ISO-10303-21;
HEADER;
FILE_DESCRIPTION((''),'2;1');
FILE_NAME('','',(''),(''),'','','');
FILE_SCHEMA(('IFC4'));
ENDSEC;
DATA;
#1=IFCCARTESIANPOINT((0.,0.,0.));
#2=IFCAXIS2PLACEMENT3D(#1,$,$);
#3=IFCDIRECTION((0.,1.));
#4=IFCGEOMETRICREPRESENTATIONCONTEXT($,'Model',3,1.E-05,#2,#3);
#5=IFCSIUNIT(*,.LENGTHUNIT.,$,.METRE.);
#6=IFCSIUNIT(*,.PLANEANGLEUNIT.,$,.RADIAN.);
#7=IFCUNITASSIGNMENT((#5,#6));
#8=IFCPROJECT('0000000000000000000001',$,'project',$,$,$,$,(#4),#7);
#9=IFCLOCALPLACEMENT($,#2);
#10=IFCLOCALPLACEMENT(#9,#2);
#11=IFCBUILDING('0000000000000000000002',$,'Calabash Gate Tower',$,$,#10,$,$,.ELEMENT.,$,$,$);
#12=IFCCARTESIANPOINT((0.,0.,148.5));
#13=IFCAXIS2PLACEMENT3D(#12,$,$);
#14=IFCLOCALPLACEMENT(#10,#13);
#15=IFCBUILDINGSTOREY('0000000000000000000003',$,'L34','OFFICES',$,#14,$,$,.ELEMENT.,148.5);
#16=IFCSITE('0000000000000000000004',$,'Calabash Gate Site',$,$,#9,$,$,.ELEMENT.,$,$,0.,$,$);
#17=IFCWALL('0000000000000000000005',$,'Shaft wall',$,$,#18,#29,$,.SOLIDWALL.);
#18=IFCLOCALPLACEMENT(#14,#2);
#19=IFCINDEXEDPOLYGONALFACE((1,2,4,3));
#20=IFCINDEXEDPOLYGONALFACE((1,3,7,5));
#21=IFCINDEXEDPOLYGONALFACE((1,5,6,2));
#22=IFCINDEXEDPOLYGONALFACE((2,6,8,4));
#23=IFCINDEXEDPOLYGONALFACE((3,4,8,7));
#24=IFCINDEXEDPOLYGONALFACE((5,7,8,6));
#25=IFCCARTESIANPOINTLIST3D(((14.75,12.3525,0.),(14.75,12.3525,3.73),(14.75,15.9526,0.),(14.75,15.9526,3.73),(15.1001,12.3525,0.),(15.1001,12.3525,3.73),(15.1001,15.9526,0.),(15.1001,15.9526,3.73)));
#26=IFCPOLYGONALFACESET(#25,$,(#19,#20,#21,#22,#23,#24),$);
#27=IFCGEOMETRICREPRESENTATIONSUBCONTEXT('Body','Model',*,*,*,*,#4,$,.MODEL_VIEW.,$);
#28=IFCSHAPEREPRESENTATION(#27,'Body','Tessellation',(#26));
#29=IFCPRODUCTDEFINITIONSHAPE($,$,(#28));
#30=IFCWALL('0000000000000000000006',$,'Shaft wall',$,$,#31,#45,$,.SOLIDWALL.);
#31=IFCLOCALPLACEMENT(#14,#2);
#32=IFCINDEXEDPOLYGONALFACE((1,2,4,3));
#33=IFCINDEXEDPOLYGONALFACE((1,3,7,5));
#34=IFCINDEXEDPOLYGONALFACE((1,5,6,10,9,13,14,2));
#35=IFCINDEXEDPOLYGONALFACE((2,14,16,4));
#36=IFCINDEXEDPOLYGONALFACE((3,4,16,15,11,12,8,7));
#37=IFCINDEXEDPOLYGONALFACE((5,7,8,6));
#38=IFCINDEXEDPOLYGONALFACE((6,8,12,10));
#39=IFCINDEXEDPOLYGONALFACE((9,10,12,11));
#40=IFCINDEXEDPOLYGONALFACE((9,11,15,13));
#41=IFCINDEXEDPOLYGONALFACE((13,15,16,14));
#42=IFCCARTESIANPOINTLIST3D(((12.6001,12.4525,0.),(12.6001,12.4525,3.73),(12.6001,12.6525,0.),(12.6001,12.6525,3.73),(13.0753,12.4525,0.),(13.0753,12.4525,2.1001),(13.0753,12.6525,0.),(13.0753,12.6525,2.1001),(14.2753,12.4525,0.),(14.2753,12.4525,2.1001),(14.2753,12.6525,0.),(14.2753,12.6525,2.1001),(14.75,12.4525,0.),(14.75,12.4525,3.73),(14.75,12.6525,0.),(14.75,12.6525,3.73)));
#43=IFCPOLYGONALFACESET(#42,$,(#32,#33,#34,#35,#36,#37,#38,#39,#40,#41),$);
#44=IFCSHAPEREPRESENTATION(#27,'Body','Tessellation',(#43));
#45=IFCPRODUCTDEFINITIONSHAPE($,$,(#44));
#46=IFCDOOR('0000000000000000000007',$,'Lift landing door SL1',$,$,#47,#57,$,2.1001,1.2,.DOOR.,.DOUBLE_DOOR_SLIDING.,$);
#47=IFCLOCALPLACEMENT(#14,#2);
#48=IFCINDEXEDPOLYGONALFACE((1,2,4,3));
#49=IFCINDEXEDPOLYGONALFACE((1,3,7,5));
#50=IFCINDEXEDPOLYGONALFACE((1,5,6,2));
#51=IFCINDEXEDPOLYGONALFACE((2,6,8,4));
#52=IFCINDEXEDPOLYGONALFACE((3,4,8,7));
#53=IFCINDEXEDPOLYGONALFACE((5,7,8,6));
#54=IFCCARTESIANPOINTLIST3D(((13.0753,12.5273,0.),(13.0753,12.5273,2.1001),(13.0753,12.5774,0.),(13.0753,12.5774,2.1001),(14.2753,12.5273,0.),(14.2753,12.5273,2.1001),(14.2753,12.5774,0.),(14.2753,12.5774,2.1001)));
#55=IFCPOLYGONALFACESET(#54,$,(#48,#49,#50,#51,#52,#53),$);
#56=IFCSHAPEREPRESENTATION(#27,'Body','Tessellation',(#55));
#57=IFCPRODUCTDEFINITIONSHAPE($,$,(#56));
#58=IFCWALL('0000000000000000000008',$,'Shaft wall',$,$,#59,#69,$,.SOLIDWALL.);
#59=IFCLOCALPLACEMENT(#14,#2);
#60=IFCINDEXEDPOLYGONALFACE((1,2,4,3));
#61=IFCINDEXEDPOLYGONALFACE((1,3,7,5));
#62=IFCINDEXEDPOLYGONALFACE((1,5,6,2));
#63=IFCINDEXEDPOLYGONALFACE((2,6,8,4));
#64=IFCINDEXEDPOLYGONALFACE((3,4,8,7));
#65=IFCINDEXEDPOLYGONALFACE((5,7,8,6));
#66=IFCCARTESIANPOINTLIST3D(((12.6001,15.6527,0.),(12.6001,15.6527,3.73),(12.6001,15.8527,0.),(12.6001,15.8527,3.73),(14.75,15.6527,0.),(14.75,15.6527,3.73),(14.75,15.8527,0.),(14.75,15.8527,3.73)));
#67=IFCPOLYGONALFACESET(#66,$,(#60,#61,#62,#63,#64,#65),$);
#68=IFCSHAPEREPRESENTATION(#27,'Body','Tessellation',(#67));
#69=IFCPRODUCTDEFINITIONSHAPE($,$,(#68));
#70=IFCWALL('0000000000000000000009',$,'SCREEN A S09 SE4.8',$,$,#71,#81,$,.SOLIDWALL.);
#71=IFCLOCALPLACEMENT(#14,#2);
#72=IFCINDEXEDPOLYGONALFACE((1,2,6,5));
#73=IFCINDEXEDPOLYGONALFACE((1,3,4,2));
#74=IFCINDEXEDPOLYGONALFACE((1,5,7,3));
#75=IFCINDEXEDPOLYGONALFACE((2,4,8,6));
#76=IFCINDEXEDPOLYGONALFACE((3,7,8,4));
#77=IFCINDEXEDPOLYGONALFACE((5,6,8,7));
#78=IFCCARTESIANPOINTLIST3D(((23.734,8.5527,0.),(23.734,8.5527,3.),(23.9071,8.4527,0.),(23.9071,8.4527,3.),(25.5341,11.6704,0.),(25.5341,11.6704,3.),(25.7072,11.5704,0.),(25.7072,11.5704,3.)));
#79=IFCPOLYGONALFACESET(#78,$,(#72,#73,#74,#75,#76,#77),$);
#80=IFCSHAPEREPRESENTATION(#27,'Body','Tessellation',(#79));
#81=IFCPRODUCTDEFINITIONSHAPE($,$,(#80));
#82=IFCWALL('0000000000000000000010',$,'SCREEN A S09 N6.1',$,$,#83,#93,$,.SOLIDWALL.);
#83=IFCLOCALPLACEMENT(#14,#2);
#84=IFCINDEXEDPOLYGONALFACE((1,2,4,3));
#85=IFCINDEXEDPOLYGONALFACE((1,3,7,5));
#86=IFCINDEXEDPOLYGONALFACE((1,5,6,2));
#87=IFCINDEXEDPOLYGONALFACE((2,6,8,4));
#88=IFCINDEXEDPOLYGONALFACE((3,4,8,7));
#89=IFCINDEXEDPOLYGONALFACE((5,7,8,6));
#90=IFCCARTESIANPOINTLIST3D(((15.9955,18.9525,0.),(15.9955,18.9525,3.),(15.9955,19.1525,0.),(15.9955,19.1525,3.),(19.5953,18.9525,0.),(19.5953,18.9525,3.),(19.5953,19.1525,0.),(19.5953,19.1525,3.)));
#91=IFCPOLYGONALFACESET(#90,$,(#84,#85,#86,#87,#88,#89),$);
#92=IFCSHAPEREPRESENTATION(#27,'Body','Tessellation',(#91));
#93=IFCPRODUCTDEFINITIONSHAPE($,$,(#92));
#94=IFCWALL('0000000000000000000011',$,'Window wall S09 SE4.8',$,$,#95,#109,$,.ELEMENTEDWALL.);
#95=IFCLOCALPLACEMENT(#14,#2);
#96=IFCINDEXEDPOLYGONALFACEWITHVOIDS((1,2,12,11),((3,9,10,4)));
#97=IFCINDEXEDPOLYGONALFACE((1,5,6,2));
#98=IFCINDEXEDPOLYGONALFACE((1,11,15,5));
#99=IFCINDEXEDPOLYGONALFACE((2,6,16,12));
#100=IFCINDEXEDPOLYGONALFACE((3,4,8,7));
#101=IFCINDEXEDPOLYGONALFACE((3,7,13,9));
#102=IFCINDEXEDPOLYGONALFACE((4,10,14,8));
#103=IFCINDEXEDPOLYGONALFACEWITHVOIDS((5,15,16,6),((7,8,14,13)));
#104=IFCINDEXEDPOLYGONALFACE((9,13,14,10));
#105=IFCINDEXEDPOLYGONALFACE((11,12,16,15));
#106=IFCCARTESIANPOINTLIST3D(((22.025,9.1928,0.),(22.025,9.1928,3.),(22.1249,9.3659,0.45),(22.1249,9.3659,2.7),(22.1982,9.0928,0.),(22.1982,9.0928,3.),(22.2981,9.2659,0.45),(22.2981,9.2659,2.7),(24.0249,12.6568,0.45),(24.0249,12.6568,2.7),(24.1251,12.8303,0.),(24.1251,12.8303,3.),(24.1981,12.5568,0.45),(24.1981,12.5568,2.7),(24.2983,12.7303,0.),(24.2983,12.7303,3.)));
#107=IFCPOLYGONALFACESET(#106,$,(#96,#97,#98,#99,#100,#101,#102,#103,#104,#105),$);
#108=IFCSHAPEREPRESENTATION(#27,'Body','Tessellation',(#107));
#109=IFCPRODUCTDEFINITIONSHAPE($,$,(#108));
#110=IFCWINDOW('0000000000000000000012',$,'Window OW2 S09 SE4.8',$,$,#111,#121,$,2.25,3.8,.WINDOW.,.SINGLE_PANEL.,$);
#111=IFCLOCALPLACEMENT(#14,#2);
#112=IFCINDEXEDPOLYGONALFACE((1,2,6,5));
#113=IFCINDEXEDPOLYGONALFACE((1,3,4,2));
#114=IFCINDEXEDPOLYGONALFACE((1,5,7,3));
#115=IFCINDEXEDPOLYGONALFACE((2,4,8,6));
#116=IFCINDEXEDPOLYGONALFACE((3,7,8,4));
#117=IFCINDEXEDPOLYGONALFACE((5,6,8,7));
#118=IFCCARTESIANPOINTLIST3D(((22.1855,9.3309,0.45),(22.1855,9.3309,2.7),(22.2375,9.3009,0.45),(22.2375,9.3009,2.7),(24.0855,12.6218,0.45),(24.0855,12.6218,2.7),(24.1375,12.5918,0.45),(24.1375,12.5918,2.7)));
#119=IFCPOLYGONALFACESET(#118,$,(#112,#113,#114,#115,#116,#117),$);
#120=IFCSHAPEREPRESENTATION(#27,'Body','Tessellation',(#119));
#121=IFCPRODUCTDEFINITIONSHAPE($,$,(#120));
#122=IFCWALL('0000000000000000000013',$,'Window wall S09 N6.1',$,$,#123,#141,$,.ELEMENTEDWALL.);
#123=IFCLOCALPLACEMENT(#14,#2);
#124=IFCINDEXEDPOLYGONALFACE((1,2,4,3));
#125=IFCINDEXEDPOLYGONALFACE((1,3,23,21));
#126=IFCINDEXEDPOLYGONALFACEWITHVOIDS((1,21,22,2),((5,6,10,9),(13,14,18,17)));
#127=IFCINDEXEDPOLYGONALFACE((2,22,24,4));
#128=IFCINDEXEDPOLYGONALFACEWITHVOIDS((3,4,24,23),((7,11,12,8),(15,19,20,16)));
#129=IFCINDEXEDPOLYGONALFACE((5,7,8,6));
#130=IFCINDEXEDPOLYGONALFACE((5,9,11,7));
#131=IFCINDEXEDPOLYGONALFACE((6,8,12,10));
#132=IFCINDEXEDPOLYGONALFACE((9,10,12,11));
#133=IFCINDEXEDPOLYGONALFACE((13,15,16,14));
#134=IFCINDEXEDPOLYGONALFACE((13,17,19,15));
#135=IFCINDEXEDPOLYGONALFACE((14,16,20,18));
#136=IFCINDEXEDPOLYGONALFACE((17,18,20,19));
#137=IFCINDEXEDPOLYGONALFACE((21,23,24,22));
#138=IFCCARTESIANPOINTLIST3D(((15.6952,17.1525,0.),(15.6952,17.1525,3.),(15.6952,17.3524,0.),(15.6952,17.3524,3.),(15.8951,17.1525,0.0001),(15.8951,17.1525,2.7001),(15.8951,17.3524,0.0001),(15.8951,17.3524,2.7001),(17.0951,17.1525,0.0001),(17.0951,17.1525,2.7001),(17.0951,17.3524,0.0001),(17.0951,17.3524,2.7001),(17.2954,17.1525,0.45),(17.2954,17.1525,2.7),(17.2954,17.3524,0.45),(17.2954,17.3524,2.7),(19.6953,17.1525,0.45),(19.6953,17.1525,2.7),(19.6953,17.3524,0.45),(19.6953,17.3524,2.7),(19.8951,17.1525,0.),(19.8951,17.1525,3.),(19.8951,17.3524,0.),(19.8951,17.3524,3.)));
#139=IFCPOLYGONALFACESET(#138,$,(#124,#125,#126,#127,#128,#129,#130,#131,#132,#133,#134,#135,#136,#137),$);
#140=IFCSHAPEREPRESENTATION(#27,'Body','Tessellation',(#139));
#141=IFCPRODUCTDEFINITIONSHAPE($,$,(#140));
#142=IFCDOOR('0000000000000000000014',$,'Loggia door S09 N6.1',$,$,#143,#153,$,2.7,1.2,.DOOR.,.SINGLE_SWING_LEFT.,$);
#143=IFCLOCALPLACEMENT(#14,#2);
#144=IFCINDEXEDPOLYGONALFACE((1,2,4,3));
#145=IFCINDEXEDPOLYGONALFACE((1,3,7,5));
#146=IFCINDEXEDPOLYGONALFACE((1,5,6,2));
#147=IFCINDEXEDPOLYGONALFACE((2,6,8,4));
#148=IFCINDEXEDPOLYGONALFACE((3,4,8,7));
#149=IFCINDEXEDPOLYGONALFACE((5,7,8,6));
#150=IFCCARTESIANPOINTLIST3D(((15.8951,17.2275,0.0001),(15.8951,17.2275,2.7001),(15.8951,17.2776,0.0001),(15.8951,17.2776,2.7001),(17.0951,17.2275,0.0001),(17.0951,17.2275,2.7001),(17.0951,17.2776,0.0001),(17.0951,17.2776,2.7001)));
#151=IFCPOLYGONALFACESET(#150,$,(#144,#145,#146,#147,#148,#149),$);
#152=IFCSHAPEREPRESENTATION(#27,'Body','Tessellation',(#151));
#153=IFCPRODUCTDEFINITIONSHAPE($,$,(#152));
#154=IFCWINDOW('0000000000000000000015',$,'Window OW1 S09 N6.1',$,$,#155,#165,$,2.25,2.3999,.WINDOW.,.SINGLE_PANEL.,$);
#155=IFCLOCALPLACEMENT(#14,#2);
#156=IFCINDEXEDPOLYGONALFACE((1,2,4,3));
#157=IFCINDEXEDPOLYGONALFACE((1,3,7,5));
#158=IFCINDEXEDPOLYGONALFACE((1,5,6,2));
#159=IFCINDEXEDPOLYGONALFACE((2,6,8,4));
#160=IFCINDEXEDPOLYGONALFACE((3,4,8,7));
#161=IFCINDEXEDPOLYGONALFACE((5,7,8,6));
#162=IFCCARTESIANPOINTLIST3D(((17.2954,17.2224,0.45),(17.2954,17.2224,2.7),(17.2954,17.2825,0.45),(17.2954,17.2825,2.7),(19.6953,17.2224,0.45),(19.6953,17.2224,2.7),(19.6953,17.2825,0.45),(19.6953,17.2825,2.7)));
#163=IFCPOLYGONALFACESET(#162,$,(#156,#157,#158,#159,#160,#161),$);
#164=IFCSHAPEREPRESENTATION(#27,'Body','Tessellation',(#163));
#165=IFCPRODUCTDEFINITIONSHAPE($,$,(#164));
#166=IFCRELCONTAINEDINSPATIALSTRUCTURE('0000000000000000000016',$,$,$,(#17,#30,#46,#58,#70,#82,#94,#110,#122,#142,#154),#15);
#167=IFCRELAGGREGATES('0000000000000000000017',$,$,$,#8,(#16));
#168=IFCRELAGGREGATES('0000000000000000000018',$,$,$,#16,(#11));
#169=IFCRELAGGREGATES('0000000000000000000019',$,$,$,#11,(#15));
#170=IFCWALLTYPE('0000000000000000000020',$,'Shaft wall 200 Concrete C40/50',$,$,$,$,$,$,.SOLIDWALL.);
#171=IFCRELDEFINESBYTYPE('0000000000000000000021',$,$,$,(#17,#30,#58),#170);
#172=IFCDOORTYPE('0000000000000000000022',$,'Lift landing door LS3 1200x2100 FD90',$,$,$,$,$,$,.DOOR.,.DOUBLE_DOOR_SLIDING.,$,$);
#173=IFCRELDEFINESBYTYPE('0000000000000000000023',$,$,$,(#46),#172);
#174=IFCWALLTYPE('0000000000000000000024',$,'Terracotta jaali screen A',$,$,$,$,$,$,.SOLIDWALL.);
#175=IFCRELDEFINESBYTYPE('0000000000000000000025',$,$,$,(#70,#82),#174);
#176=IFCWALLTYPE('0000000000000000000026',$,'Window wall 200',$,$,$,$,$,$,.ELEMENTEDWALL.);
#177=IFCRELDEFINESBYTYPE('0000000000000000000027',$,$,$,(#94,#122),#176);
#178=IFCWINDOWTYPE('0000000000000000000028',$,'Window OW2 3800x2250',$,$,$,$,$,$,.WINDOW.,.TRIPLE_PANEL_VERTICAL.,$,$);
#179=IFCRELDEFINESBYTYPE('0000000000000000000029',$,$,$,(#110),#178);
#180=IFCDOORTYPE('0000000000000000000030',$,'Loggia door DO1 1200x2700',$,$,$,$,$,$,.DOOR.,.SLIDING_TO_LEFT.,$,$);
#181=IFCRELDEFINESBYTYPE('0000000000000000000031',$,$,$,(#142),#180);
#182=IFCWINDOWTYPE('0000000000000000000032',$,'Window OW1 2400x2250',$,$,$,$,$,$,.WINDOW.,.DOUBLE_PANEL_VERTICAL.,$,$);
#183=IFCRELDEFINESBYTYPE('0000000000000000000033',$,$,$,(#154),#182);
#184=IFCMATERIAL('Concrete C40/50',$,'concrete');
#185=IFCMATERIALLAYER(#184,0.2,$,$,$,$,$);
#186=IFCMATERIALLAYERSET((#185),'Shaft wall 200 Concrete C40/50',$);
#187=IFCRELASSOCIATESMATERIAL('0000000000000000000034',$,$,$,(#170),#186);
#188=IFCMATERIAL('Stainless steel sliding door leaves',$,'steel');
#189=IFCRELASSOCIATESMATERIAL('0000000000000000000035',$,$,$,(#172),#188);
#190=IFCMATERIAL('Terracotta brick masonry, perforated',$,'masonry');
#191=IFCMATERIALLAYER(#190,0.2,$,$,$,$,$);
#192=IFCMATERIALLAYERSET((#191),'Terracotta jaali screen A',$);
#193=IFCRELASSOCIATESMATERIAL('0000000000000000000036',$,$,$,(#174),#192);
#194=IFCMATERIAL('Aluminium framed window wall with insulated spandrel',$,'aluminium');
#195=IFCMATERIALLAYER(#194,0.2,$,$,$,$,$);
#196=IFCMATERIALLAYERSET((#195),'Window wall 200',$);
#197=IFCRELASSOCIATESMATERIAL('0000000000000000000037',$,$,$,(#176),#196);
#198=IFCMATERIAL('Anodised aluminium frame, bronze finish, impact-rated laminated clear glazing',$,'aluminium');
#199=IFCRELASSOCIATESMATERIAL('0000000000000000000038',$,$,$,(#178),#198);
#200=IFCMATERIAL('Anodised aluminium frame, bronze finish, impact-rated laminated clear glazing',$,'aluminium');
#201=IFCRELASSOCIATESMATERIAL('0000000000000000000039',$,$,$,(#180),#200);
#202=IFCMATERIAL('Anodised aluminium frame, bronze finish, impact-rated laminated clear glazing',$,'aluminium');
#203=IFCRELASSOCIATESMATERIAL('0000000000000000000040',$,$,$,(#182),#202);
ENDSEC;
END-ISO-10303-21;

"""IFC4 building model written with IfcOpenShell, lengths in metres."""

from ifc_helpers import new_model, si_unit, direction, frame, frame_2d, origin, place, context, subcontext, project, spatial, rectangle, extrude, material, layer, layer_set, type_object, element, fill, save


model = new_model("IFC4")

# Units and contexts
model_context = context("Model", 3, precision=1e-05, world=origin(), true_north=direction((0.0, 1.0)))
body_context = subcontext(model_context, "Body", "Model", "MODEL_VIEW")
ifc_project = project(units=[si_unit("LENGTHUNIT", "METRE"), si_unit("PLANEANGLEUNIT", "RADIAN")], contexts=[model_context])

# Site, building, storey
site_placement = place(None, origin())
site = spatial("IfcSite", under=ifc_project, at=site_placement, Name="Calabash Gate Site", CompositionType="ELEMENT", RefElevation=0.0)
building_placement = place(site_placement, origin())
building = spatial("IfcBuilding", under=site, at=building_placement, Name="Calabash Gate Tower", CompositionType="ELEMENT")
storey_placement = place(building_placement, frame((0.0, 0.0, 148.5)))
storey = spatial("IfcBuildingStorey", under=building, at=storey_placement, Name="L34", Description="OFFICES", CompositionType="ELEMENT", Elevation=148.5)

# Wall
ifc_material_1 = material(Name="Concrete C40/50", Category="concrete")
ifc_layer_1 = layer(ifc_material_1, 0.2)
ifc_layer_set_1 = layer_set([ifc_layer_1], Name="Shaft wall 200 Concrete C40/50")
wall_type_1 = type_object("IfcWallType", Name="Shaft wall 200 Concrete C40/50", PredefinedType="SOLIDWALL", material=ifc_layer_set_1)
wall_1_placement = place(storey_placement, frame((14.925, 12.3525, 0.0), z_axis=(0.0, 0.0, 1.0), x_axis=(0.0, 1.0, 0.0)))
element("IfcWall", 1, at=wall_1_placement, inside=storey, type_object=wall_type_1, Name="Shaft wall", PredefinedType="SOLIDWALL", context=body_context, shape_type="SweptSolid", body=[
    extrude(rectangle(XDim=3.6001, YDim=0.3501, at=frame_2d((1.8, 0.0))), origin(), (0.0, 0.0, 1.0), 3.73),
])

# Wall, opening, door
wall_2_placement = place(storey_placement, frame((12.6001, 12.5525, 0.0), z_axis=(0.0, 0.0, 1.0), x_axis=(1.0, 0.0, 0.0)))
wall_2 = element("IfcWall", 2, at=wall_2_placement, inside=storey, type_object=wall_type_1, Name="Shaft wall", PredefinedType="SOLIDWALL", context=body_context, shape_type="SweptSolid", body=[
    extrude(rectangle(XDim=2.1499, YDim=0.2, at=frame_2d((1.075, 0.0))), origin(), (0.0, 0.0, 1.0), 3.73),
])
opening_1_placement = place(wall_2_placement, frame((0.4751, 0.0, 0.0)))
opening_1 = element("IfcOpeningElement", 3, at=opening_1_placement, cuts=wall_2, PredefinedType="OPENING", context=body_context, shape_type="SweptSolid", body=[
    extrude(rectangle(XDim=1.2, YDim=2.1001, at=frame_2d((0.6001, 1.05))), frame((0.0, 0.1099, 0.0), z_axis=(0.0, -1.0, 0.0), x_axis=(1.0, 0.0, 0.0)), (0.0, 0.0, 1.0), 0.22),
])
ifc_material_2 = material(Name="Stainless steel sliding door leaves", Category="steel")
door_type_1 = type_object("IfcDoorType", Name="Lift landing door LS3 1200x2100 FD90", OperationType="DOUBLE_DOOR_SLIDING", PredefinedType="DOOR", material=ifc_material_2)
door_1_placement = place(opening_1_placement, origin())
door_1 = element("IfcDoor", 4, at=door_1_placement, inside=storey, type_object=door_type_1, Name="Lift landing door SL1", OperationType="DOUBLE_DOOR_SLIDING", OverallHeight=2.1001, OverallWidth=1.2, PredefinedType="DOOR", context=body_context, shape_type="SweptSolid", body=[
    extrude(rectangle(XDim=1.2, YDim=2.1001, at=frame_2d((0.6001, 1.05))), frame((0.0, 0.0249, 0.0), z_axis=(0.0, -1.0, 0.0), x_axis=(1.0, 0.0, 0.0)), (0.0, 0.0, 1.0), 0.05),
])
fill(opening_1, door_1)

# Walls
wall_3_placement = place(storey_placement, frame((12.6001, 15.7527, 0.0), z_axis=(0.0, 0.0, 1.0), x_axis=(1.0, 0.0, 0.0)))
element("IfcWall", 5, at=wall_3_placement, inside=storey, type_object=wall_type_1, Name="Shaft wall", PredefinedType="SOLIDWALL", context=body_context, shape_type="SweptSolid", body=[
    extrude(rectangle(XDim=2.1499, YDim=0.2, at=frame_2d((1.075, 0.0))), origin(), (0.0, 0.0, 1.0), 3.73),
])
ifc_material_3 = material(Name="Terracotta brick masonry, perforated", Category="masonry")
ifc_layer_2 = layer(ifc_material_3, 0.2)
ifc_layer_set_2 = layer_set([ifc_layer_2], Name="Terracotta jaali screen A")
wall_type_2 = type_object("IfcWallType", Name="Terracotta jaali screen A", PredefinedType="SOLIDWALL", material=ifc_layer_set_2)
wall_4_placement = place(storey_placement, frame((23.8206, 8.5027, 0.0), z_axis=(0.0, 0.0, 1.0), x_axis=(0.500012, 0.866018, 0.0)))
element("IfcWall", 6, at=wall_4_placement, inside=storey, type_object=wall_type_2, Name="SCREEN A S09 SE4.8", PredefinedType="SOLIDWALL", context=body_context, shape_type="SweptSolid", body=[
    extrude(rectangle(XDim=3.6001, YDim=0.2, at=frame_2d((1.8, 0.0))), origin(), (0.0, 0.0, 1.0), 3.0),
])
wall_5_placement = place(storey_placement, frame((19.5952, 19.0525, 0.0), z_axis=(0.0, 0.0, 1.0), x_axis=(-1.0, 0.0, 0.0)))
element("IfcWall", 7, at=wall_5_placement, inside=storey, type_object=wall_type_2, Name="SCREEN A S09 N6.1", PredefinedType="SOLIDWALL", context=body_context, shape_type="SweptSolid", body=[
    extrude(rectangle(XDim=3.5999, YDim=0.2, at=frame_2d((1.7998, 0.0))), origin(), (0.0, 0.0, 1.0), 3.0),
])

# Wall, opening, window
ifc_material_4 = material(Name="Aluminium framed window wall with insulated spandrel", Category="aluminium")
ifc_layer_3 = layer(ifc_material_4, 0.2)
ifc_layer_set_3 = layer_set([ifc_layer_3], Name="Window wall 200")
wall_type_3 = type_object("IfcWallType", Name="Window wall 200", PredefinedType="ELEMENTEDWALL", material=ifc_layer_set_3)
wall_6_placement = place(storey_placement, frame((22.1116, 9.1428, 0.0), z_axis=(0.0, 0.0, 1.0), x_axis=(0.500003, 0.866024, 0.0)))
wall_6 = element("IfcWall", 8, at=wall_6_placement, inside=storey, type_object=wall_type_3, Name="Window wall S09 SE4.8", PredefinedType="ELEMENTEDWALL", context=body_context, shape_type="SweptSolid", body=[
    extrude(rectangle(XDim=4.2002, YDim=0.2, at=frame_2d((2.1001, 0.0))), origin(), (0.0, 0.0, 1.0), 3.0),
])
opening_2_placement = place(wall_6_placement, frame((0.2, 0.0, 0.45)))
opening_2 = element("IfcOpeningElement", 9, at=opening_2_placement, cuts=wall_6, PredefinedType="OPENING", context=body_context, shape_type="SweptSolid", body=[
    extrude(rectangle(XDim=3.8, YDim=2.25, at=frame_2d((1.8999, 1.125))), frame((0.0, 0.1099, 0.0), z_axis=(0.0, -1.0, 0.0), x_axis=(1.0, 0.0, 0.0)), (0.0, 0.0, 1.0), 0.22),
])
ifc_material_5 = material(Name="Anodised aluminium frame, bronze finish, impact-rated laminated clear glazing", Category="aluminium")
window_type_1 = type_object("IfcWindowType", Name="Window OW2 3800x2250", PartitioningType="TRIPLE_PANEL_VERTICAL", PredefinedType="WINDOW", material=ifc_material_5)
window_1_placement = place(opening_2_placement, origin())
window_1 = element("IfcWindow", 10, at=window_1_placement, inside=storey, type_object=window_type_1, Name="Window OW2 S09 SE4.8", OverallHeight=2.25, OverallWidth=3.8, PartitioningType="SINGLE_PANEL", PredefinedType="WINDOW", context=body_context, shape_type="SweptSolid", body=[
    extrude(rectangle(XDim=3.8, YDim=2.25, at=frame_2d((1.8999, 1.125))), frame((0.0, 0.03, 0.0), z_axis=(0.0, -1.0, 0.0), x_axis=(1.0, 0.0, 0.0)), (0.0, 0.0, 1.0), 0.0601),
])
fill(opening_2, window_1)

# Wall, openings, door, window
wall_7_placement = place(storey_placement, frame((19.8953, 17.2524, 0.0), z_axis=(0.0, 0.0, 1.0), x_axis=(-1.0, 0.0, 0.0)))
wall_7 = element("IfcWall", 11, at=wall_7_placement, inside=storey, type_object=wall_type_3, Name="Window wall S09 N6.1", PredefinedType="ELEMENTEDWALL", context=body_context, shape_type="SweptSolid", body=[
    extrude(rectangle(XDim=4.2, YDim=0.2, at=frame_2d((2.1001, 0.0))), origin(), (0.0, 0.0, 1.0), 3.0),
])
opening_3_placement = place(wall_7_placement, frame((0.2, 0.0, 0.45)))
opening_3 = element("IfcOpeningElement", 12, at=opening_3_placement, cuts=wall_7, PredefinedType="OPENING", context=body_context, shape_type="SweptSolid", body=[
    extrude(rectangle(XDim=2.3999, YDim=2.25, at=frame_2d((1.2, 1.125))), frame((0.0, 0.1099, 0.0), z_axis=(0.0, -1.0, 0.0), x_axis=(1.0, 0.0, 0.0)), (0.0, 0.0, 1.0), 0.22),
])
opening_4_placement = place(wall_7_placement, frame((2.8, 0.0, 0.0)))
opening_4 = element("IfcOpeningElement", 13, at=opening_4_placement, cuts=wall_7, PredefinedType="OPENING", context=body_context, shape_type="SweptSolid", body=[
    extrude(rectangle(XDim=1.2, YDim=2.7, at=frame_2d((0.6001, 1.3501))), frame((0.0, 0.1099, 0.0), z_axis=(0.0, -1.0, 0.0), x_axis=(1.0, 0.0, 0.0)), (0.0, 0.0, 1.0), 0.22),
])
ifc_material_6 = material(Name="Anodised aluminium frame, bronze finish, impact-rated laminated clear glazing", Category="aluminium")
door_type_2 = type_object("IfcDoorType", Name="Loggia door DO1 1200x2700", OperationType="SLIDING_TO_LEFT", PredefinedType="DOOR", material=ifc_material_6)
door_2_placement = place(opening_4_placement, origin())
door_2 = element("IfcDoor", 14, at=door_2_placement, inside=storey, type_object=door_type_2, Name="Loggia door S09 N6.1", OperationType="SINGLE_SWING_LEFT", OverallHeight=2.7, OverallWidth=1.2, PredefinedType="DOOR", context=body_context, shape_type="SweptSolid", body=[
    extrude(rectangle(XDim=1.2, YDim=2.7, at=frame_2d((0.6001, 1.3501))), frame((0.0, 0.0249, 0.0), z_axis=(0.0, -1.0, 0.0), x_axis=(1.0, 0.0, 0.0)), (0.0, 0.0, 1.0), 0.05),
])
fill(opening_4, door_2)
ifc_material_7 = material(Name="Anodised aluminium frame, bronze finish, impact-rated laminated clear glazing", Category="aluminium")
window_type_2 = type_object("IfcWindowType", Name="Window OW1 2400x2250", PartitioningType="DOUBLE_PANEL_VERTICAL", PredefinedType="WINDOW", material=ifc_material_7)
window_2_placement = place(opening_3_placement, origin())
window_2 = element("IfcWindow", 15, at=window_2_placement, inside=storey, type_object=window_type_2, Name="Window OW1 S09 N6.1", OverallHeight=2.25, OverallWidth=2.3999, PartitioningType="SINGLE_PANEL", PredefinedType="WINDOW", context=body_context, shape_type="SweptSolid", body=[
    extrude(rectangle(XDim=2.3999, YDim=2.25, at=frame_2d((1.2, 1.125))), frame((0.0, 0.03, 0.0), z_axis=(0.0, -1.0, 0.0), x_axis=(1.0, 0.0, 0.0)), (0.0, 0.0, 1.0), 0.0601),
])
fill(opening_3, window_2)

save(model, "model.ifc")
